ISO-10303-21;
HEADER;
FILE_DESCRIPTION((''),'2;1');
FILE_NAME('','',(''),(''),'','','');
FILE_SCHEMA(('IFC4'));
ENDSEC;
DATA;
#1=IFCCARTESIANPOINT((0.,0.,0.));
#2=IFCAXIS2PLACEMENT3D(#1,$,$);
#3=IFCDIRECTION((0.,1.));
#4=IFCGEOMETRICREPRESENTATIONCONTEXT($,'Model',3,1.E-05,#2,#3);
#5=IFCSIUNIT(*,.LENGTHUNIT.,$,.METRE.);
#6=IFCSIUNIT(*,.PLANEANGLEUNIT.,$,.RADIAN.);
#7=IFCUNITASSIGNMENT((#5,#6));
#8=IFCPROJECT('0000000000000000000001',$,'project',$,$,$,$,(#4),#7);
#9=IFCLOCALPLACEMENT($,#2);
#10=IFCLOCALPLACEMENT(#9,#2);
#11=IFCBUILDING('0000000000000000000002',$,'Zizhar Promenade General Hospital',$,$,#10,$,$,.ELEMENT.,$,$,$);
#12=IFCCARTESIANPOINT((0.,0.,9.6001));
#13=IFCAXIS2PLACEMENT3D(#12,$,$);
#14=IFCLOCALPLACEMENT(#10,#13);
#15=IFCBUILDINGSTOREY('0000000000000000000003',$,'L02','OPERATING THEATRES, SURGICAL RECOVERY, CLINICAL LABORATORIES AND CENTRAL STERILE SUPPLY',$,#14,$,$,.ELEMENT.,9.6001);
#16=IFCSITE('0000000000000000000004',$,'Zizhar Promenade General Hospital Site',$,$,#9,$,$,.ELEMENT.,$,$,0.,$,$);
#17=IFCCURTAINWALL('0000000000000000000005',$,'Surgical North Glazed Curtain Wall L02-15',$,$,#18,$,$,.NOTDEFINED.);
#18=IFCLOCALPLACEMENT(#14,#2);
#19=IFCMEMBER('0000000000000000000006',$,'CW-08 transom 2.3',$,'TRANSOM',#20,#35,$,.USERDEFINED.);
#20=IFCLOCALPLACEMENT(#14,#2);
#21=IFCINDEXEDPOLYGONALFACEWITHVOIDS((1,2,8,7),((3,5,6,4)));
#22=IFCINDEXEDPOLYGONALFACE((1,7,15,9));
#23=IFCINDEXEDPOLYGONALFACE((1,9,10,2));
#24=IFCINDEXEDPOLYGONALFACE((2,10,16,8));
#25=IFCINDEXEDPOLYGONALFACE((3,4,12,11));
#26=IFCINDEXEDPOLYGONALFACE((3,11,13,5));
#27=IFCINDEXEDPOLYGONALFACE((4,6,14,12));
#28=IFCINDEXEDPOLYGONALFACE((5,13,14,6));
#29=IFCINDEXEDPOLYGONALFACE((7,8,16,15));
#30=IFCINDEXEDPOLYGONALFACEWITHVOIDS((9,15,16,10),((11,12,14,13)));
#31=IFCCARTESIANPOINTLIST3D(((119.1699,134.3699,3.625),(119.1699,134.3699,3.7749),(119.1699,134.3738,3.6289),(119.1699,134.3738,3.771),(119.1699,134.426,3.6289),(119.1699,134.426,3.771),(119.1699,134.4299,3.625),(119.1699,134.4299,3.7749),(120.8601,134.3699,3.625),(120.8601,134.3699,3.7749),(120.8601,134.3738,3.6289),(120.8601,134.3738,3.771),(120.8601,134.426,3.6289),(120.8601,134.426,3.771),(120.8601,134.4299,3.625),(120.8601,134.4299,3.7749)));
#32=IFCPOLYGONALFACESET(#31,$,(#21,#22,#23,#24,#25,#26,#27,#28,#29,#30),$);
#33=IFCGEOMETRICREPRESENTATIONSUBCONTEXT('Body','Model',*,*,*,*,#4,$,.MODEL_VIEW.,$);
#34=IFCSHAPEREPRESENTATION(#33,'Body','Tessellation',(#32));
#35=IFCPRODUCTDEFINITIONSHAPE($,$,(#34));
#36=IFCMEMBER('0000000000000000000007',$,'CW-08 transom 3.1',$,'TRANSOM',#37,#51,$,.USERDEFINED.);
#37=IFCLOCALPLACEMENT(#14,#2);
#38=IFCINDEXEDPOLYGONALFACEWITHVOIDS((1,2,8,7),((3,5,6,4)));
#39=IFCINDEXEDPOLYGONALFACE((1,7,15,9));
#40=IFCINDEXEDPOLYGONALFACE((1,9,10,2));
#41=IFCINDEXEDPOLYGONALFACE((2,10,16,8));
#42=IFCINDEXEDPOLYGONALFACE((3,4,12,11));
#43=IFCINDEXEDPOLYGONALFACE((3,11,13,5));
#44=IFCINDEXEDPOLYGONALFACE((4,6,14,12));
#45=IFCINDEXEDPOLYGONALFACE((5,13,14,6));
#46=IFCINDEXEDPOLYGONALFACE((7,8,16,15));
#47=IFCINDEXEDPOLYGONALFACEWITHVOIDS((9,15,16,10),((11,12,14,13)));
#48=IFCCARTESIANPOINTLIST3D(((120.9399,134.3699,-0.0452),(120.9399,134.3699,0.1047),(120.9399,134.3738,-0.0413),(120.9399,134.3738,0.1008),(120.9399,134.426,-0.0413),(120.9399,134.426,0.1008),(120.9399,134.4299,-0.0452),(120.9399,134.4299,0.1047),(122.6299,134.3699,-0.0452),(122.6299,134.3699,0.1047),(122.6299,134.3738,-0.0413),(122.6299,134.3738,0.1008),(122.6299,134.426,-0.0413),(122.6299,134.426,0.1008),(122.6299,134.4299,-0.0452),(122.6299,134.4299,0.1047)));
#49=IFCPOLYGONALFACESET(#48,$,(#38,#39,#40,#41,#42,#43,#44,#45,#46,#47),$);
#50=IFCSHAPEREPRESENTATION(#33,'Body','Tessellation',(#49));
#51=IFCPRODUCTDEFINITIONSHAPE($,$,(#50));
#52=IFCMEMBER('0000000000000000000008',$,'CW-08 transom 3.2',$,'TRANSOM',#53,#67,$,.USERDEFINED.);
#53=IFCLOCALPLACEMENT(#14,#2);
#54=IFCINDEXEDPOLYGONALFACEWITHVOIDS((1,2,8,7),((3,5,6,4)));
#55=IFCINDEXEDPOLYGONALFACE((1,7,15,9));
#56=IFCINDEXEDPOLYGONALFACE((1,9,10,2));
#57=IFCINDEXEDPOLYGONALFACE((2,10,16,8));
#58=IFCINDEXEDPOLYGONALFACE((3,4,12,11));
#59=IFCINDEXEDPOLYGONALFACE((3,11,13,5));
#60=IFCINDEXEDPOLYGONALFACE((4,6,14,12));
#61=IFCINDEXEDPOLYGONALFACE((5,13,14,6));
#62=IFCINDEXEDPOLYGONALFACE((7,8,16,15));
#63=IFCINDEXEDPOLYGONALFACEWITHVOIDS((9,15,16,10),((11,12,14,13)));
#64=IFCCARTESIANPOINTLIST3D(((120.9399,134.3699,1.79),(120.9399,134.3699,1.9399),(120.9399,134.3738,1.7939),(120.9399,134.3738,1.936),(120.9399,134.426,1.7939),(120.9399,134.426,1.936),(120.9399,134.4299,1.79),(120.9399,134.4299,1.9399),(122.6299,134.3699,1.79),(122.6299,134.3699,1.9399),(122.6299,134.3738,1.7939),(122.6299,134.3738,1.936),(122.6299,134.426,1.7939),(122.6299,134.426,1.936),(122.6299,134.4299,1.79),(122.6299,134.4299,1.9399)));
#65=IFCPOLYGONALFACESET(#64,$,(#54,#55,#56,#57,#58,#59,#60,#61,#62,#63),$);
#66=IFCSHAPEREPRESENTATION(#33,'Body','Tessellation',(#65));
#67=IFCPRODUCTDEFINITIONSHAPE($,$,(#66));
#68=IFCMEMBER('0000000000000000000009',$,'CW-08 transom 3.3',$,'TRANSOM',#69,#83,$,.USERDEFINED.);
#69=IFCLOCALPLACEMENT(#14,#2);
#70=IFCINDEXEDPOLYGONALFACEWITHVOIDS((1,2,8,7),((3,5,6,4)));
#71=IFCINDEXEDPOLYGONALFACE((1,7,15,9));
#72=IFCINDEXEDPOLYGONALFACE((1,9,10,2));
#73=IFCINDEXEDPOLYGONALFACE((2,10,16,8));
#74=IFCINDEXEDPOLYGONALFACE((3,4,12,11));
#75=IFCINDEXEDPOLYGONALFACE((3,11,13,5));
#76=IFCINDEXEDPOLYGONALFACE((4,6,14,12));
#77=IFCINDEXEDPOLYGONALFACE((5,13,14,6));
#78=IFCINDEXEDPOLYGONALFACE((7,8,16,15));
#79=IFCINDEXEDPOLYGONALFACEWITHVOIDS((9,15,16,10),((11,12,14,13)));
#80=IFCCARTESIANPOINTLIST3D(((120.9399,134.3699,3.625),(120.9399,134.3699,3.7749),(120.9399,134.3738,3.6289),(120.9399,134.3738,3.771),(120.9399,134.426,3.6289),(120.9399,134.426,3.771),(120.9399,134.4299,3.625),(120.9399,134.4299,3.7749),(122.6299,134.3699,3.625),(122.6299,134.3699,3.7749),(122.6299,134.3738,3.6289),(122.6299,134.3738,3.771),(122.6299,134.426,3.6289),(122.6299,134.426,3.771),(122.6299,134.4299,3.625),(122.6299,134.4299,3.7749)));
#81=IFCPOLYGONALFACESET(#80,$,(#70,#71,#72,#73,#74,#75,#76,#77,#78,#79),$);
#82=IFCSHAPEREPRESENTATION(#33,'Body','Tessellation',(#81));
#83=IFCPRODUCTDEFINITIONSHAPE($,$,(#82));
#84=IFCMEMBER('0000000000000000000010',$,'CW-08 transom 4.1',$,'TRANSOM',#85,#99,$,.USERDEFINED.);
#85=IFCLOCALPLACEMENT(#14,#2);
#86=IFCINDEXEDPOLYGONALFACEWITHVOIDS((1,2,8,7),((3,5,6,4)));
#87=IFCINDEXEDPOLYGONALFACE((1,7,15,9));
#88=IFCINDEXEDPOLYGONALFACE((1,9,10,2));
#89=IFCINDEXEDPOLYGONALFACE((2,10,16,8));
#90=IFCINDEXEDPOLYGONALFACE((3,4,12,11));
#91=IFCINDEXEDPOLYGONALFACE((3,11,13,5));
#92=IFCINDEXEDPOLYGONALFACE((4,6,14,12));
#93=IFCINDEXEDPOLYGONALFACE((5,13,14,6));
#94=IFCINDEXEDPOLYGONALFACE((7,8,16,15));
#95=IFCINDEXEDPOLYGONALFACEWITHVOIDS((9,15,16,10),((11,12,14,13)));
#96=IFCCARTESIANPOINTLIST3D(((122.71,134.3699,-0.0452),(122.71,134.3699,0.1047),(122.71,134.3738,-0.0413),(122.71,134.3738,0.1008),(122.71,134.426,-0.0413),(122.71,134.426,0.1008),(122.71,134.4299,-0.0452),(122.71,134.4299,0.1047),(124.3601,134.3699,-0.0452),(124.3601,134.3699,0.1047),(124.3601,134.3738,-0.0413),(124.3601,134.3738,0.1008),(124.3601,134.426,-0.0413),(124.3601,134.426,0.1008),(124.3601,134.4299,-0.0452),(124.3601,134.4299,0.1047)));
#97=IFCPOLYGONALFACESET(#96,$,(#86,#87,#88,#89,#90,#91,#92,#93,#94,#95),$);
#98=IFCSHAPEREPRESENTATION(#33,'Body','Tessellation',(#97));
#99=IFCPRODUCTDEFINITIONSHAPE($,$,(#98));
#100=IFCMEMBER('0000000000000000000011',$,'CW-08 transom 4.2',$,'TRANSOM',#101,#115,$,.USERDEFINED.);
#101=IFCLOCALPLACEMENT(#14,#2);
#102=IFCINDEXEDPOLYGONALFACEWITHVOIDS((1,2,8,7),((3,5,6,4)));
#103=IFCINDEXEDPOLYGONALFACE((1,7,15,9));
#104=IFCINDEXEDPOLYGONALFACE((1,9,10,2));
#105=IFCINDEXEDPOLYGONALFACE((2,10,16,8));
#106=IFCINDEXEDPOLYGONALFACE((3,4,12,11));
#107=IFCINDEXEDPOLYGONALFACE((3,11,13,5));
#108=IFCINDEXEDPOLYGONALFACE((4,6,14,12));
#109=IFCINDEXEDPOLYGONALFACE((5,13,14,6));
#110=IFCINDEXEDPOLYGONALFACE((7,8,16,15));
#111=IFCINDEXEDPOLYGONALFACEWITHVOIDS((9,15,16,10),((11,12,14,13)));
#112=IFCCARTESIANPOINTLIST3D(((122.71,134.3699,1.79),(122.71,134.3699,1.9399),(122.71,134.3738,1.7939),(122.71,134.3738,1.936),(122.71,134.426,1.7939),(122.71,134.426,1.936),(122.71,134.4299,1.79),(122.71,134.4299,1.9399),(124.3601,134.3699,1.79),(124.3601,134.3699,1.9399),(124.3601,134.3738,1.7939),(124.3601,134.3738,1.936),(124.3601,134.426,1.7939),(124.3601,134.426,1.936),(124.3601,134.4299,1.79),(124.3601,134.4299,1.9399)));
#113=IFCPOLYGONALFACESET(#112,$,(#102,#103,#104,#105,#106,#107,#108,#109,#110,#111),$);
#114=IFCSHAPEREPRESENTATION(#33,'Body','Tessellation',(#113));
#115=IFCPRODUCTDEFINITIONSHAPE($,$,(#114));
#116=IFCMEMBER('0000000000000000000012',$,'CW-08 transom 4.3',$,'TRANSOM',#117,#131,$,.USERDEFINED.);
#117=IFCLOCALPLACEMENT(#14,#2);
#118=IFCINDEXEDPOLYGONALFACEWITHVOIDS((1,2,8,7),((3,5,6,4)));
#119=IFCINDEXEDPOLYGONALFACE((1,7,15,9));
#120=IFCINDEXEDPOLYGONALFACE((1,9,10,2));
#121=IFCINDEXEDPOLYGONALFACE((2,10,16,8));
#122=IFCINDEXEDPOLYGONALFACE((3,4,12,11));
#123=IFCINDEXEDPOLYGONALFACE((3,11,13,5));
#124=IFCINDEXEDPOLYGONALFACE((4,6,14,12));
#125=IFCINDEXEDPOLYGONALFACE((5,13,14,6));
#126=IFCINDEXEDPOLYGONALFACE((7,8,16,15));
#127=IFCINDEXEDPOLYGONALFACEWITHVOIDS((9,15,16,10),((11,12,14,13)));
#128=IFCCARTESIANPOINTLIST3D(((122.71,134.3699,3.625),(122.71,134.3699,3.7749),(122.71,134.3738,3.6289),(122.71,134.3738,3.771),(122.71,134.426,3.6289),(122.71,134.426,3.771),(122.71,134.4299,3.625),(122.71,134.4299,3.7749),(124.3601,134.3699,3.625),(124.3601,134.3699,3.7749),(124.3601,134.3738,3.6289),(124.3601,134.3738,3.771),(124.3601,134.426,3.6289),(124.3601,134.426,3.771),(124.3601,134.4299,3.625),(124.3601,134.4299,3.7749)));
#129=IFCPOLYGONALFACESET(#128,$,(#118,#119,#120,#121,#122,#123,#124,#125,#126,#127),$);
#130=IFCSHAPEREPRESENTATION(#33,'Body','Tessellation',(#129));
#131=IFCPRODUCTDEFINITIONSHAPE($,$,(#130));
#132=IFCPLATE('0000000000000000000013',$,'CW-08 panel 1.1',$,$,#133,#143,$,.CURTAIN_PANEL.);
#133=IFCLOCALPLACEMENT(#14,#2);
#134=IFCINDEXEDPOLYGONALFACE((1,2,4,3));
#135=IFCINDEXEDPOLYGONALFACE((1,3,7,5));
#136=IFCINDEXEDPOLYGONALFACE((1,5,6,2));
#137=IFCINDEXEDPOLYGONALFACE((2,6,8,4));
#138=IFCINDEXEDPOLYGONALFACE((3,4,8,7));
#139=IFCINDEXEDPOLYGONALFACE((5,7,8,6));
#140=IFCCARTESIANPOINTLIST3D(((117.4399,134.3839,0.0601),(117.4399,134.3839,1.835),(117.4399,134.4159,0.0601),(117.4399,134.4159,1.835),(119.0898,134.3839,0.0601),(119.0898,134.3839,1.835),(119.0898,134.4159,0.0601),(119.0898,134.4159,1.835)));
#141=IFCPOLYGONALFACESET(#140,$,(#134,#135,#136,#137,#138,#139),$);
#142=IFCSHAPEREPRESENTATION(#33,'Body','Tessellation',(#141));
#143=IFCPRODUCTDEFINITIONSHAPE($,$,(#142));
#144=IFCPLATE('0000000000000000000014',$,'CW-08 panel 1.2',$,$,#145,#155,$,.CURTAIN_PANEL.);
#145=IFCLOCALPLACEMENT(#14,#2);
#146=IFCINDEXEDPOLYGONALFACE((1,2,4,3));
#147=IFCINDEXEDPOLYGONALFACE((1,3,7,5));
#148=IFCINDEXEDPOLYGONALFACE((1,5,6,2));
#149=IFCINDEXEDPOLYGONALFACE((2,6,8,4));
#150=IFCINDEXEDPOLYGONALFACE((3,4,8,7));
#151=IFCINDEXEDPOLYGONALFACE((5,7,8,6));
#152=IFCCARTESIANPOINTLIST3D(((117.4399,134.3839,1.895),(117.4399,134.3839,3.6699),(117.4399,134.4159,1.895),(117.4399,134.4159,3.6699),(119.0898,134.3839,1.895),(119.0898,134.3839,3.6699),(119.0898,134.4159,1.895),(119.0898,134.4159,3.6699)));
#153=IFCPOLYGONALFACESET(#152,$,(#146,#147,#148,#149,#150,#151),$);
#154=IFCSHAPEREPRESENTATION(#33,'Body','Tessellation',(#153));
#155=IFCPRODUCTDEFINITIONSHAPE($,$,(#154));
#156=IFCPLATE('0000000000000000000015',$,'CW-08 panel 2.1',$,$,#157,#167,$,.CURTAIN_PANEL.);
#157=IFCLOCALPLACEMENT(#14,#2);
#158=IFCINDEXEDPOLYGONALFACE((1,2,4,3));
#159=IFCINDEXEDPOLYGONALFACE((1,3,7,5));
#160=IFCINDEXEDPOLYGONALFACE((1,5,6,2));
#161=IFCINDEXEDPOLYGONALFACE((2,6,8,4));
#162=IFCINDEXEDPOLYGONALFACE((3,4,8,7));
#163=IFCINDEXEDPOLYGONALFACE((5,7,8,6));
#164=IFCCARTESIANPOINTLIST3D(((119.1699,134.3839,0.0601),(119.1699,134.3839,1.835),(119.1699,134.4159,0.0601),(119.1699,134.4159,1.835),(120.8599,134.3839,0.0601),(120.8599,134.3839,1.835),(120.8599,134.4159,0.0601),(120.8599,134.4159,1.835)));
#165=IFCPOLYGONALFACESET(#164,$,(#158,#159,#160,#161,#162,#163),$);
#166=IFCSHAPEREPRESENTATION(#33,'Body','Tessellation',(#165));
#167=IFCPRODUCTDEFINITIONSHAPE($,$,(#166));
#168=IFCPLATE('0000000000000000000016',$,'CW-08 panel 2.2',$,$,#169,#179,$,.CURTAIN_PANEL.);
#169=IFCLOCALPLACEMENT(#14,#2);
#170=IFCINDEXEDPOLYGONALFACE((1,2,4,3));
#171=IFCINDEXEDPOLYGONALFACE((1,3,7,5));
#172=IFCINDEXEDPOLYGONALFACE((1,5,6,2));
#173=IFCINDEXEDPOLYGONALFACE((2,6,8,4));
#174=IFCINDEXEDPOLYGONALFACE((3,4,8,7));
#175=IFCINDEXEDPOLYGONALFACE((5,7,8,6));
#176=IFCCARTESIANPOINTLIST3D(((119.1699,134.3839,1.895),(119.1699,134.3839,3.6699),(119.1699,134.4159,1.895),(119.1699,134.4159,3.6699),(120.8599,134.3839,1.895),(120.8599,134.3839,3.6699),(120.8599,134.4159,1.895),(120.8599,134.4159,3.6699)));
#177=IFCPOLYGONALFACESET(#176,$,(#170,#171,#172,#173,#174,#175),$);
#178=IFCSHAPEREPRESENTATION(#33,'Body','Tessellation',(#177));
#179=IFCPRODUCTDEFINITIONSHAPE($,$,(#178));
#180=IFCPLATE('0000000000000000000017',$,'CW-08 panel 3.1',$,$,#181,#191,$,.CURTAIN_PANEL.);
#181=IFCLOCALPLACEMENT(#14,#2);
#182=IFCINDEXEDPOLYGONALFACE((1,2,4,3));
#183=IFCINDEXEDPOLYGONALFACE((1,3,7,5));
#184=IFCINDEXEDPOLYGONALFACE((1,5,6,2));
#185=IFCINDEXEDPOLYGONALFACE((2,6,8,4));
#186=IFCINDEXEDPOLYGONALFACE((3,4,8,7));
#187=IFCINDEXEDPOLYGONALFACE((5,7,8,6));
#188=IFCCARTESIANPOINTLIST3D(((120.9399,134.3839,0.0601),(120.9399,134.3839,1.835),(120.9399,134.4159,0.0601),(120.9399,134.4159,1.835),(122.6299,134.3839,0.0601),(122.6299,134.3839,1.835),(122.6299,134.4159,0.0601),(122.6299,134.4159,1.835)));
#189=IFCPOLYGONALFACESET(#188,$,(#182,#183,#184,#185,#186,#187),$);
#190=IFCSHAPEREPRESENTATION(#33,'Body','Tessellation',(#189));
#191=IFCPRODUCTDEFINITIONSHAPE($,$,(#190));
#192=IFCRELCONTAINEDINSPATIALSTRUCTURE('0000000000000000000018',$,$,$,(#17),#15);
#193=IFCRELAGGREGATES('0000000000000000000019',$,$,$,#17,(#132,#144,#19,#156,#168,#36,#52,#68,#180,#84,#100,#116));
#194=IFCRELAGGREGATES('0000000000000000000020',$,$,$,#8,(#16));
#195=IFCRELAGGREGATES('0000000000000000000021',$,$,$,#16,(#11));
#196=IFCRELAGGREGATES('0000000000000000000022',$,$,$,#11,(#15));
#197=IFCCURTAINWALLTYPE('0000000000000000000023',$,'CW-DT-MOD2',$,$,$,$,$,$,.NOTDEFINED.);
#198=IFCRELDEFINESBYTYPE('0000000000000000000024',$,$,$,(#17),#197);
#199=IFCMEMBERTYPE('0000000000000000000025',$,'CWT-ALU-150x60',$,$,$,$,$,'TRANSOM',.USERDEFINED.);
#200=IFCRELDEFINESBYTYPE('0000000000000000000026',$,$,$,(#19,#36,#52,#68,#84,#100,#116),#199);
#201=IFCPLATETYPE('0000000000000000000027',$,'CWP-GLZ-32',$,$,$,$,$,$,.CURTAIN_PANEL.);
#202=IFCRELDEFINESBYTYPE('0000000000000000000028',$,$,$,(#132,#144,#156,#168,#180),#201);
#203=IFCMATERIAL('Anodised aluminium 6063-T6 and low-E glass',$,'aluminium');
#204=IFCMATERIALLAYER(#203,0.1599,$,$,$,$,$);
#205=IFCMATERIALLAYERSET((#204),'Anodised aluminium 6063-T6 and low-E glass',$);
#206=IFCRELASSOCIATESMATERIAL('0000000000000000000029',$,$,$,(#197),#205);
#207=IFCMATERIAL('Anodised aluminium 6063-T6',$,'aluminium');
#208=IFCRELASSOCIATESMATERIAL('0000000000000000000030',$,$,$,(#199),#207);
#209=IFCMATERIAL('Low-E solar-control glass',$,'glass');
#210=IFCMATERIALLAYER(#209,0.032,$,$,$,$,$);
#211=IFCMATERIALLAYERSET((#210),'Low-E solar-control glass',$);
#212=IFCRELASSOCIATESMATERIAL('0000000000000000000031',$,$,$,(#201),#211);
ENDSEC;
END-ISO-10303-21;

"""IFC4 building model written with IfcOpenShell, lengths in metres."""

from ifc_helpers import new_model, si_unit, direction, frame, origin, origin_2d, place, context, subcontext, project, spatial, rectangle, hollow_rectangle, extrude, material, layer, layer_set, material_profile, profile_set, type_object, element, aggregate, save


model = new_model("IFC4")

# Units and contexts
model_context = context("Model", 3, precision=1e-05, world=origin(), true_north=direction((0.0, 1.0)))
body_context = subcontext(model_context, "Body", "Model", "MODEL_VIEW")
ifc_project = project(units=[si_unit("LENGTHUNIT", "METRE"), si_unit("PLANEANGLEUNIT", "RADIAN")], contexts=[model_context])

# Site, building, storey
site_placement = place(None, origin())
site = spatial("IfcSite", under=ifc_project, at=site_placement, Name="Zizhar Promenade General Hospital Site", CompositionType="ELEMENT", RefElevation=0.0)
building_placement = place(site_placement, origin())
building = spatial("IfcBuilding", under=site, at=building_placement, Name="Zizhar Promenade General Hospital", CompositionType="ELEMENT")
storey_placement = place(building_placement, frame((0.0, 0.0, 9.6001)))
storey = spatial("IfcBuildingStorey", under=building, at=storey_placement, Name="L02", Description="OPERATING THEATRES, SURGICAL RECOVERY, CLINICAL LABORATORIES AND CENTRAL STERILE SUPPLY", CompositionType="ELEMENT", Elevation=9.6001)

# Curtain wall, members, plates
ifc_material_1 = material(Name="Anodised aluminium 6063-T6 and low-E glass", Category="aluminium")
ifc_layer_1 = layer(ifc_material_1, 0.1599)
ifc_layer_set_1 = layer_set([ifc_layer_1], Name="Anodised aluminium 6063-T6 and low-E glass")
curtain_wall_type = type_object("IfcCurtainWallType", Name="CW-DT-MOD2", PredefinedType="NOTDEFINED", material=ifc_layer_set_1)
curtain_wall_placement = place(storey_placement, origin())
curtain_wall = element("IfcCurtainWall", 1, at=curtain_wall_placement, inside=storey, type_object=curtain_wall_type, Name="Surgical North Glazed Curtain Wall L02-15", PredefinedType="NOTDEFINED")
ifc_material_2 = material(Name="Anodised aluminium 6063-T6", Category="aluminium")
ifc_material_profile_1 = material_profile(ifc_material_2, hollow_rectangle(XDim=0.0601, YDim=0.1499, WallThickness=0.0039, at=origin_2d()))
ifc_profile_set_1 = profile_set([ifc_material_profile_1], Name="Anodised aluminium 6063-T6")
member_type_1 = type_object("IfcMemberType", Name="CWT-ALU-150x60", ElementType="TRANSOM", PredefinedType="USERDEFINED", material=ifc_profile_set_1)
member_1_placement = place(storey_placement, frame((119.1699, 134.3999, 3.7), z_axis=(1.0, 0.0, 0.0), x_axis=(0.0, 1.0, 0.0)))
member_1 = element("IfcMember", 2, at=member_1_placement, type_object=member_type_1, Name="CW-08 transom 2.3", ObjectType="TRANSOM", PredefinedType="USERDEFINED", context=body_context, shape_type="SweptSolid", body=[
    extrude(hollow_rectangle(XDim=0.0601, YDim=0.1499, WallThickness=0.0039, at=origin_2d()), origin(), (0.0, 0.0, 1.0), 1.6902),
])
member_2_placement = place(storey_placement, frame((120.9399, 134.3999, 0.0298), z_axis=(1.0, 0.0, 0.0), x_axis=(0.0, 1.0, 0.0)))
member_2 = element("IfcMember", 3, at=member_2_placement, type_object=member_type_1, Name="CW-08 transom 3.1", ObjectType="TRANSOM", PredefinedType="USERDEFINED", context=body_context, shape_type="SweptSolid", body=[
    extrude(hollow_rectangle(XDim=0.0601, YDim=0.1499, WallThickness=0.0039, at=origin_2d()), origin(), (0.0, 0.0, 1.0), 1.6899),
])
member_3_placement = place(storey_placement, frame((120.9399, 134.3999, 1.865), z_axis=(1.0, 0.0, 0.0), x_axis=(0.0, 1.0, 0.0)))
member_3 = element("IfcMember", 4, at=member_3_placement, type_object=member_type_1, Name="CW-08 transom 3.2", ObjectType="TRANSOM", PredefinedType="USERDEFINED", context=body_context, shape_type="SweptSolid", body=[
    extrude(hollow_rectangle(XDim=0.0601, YDim=0.1499, WallThickness=0.0039, at=origin_2d()), origin(), (0.0, 0.0, 1.0), 1.6899),
])
member_4_placement = place(storey_placement, frame((120.9399, 134.3999, 3.7), z_axis=(1.0, 0.0, 0.0), x_axis=(0.0, 1.0, 0.0)))
member_4 = element("IfcMember", 5, at=member_4_placement, type_object=member_type_1, Name="CW-08 transom 3.3", ObjectType="TRANSOM", PredefinedType="USERDEFINED", context=body_context, shape_type="SweptSolid", body=[
    extrude(hollow_rectangle(XDim=0.0601, YDim=0.1499, WallThickness=0.0039, at=origin_2d()), origin(), (0.0, 0.0, 1.0), 1.6899),
])
member_5_placement = place(storey_placement, frame((122.71, 134.3999, 0.0298), z_axis=(1.0, 0.0, 0.0), x_axis=(0.0, 1.0, 0.0)))
member_5 = element("IfcMember", 6, at=member_5_placement, type_object=member_type_1, Name="CW-08 transom 4.1", ObjectType="TRANSOM", PredefinedType="USERDEFINED", context=body_context, shape_type="SweptSolid", body=[
    extrude(hollow_rectangle(XDim=0.0601, YDim=0.1499, WallThickness=0.0039, at=origin_2d()), origin(), (0.0, 0.0, 1.0), 1.6501),
])
member_6_placement = place(storey_placement, frame((122.71, 134.3999, 1.865), z_axis=(1.0, 0.0, 0.0), x_axis=(0.0, 1.0, 0.0)))
member_6 = element("IfcMember", 7, at=member_6_placement, type_object=member_type_1, Name="CW-08 transom 4.2", ObjectType="TRANSOM", PredefinedType="USERDEFINED", context=body_context, shape_type="SweptSolid", body=[
    extrude(hollow_rectangle(XDim=0.0601, YDim=0.1499, WallThickness=0.0039, at=origin_2d()), origin(), (0.0, 0.0, 1.0), 1.6501),
])
member_7_placement = place(storey_placement, frame((122.71, 134.3999, 3.7), z_axis=(1.0, 0.0, 0.0), x_axis=(0.0, 1.0, 0.0)))
member_7 = element("IfcMember", 8, at=member_7_placement, type_object=member_type_1, Name="CW-08 transom 4.3", ObjectType="TRANSOM", PredefinedType="USERDEFINED", context=body_context, shape_type="SweptSolid", body=[
    extrude(hollow_rectangle(XDim=0.0601, YDim=0.1499, WallThickness=0.0039, at=origin_2d()), origin(), (0.0, 0.0, 1.0), 1.6501),
])
ifc_material_3 = material(Name="Low-E solar-control glass", Category="glass")
ifc_layer_2 = layer(ifc_material_3, 0.032)
ifc_layer_set_2 = layer_set([ifc_layer_2], Name="Low-E solar-control glass")
plate_type = type_object("IfcPlateType", Name="CWP-GLZ-32", PredefinedType="CURTAIN_PANEL", material=ifc_layer_set_2)
plate_1_placement = place(storey_placement, frame((118.2649, 134.3999, 0.0601), z_axis=(0.0, 0.0, 1.0), x_axis=(1.0, 0.0, 0.0)))
plate_1 = element("IfcPlate", 9, at=plate_1_placement, type_object=plate_type, Name="CW-08 panel 1.1", PredefinedType="CURTAIN_PANEL", context=body_context, shape_type="SweptSolid", body=[
    extrude(rectangle(XDim=1.6499, YDim=0.032, at=origin_2d()), origin(), (0.0, 0.0, 1.0), 1.7749),
])
plate_2_placement = place(storey_placement, frame((118.2649, 134.3999, 1.895), z_axis=(0.0, 0.0, 1.0), x_axis=(1.0, 0.0, 0.0)))
plate_2 = element("IfcPlate", 10, at=plate_2_placement, type_object=plate_type, Name="CW-08 panel 1.2", PredefinedType="CURTAIN_PANEL", context=body_context, shape_type="SweptSolid", body=[
    extrude(rectangle(XDim=1.6499, YDim=0.032, at=origin_2d()), origin(), (0.0, 0.0, 1.0), 1.7749),
])
plate_3_placement = place(storey_placement, frame((120.0149, 134.3999, 0.0601), z_axis=(0.0, 0.0, 1.0), x_axis=(1.0, 0.0, 0.0)))
plate_3 = element("IfcPlate", 11, at=plate_3_placement, type_object=plate_type, Name="CW-08 panel 2.1", PredefinedType="CURTAIN_PANEL", context=body_context, shape_type="SweptSolid", body=[
    extrude(rectangle(XDim=1.6899, YDim=0.032, at=origin_2d()), origin(), (0.0, 0.0, 1.0), 1.7749),
])
plate_4_placement = place(storey_placement, frame((120.0149, 134.3999, 1.895), z_axis=(0.0, 0.0, 1.0), x_axis=(1.0, 0.0, 0.0)))
plate_4 = element("IfcPlate", 12, at=plate_4_placement, type_object=plate_type, Name="CW-08 panel 2.2", PredefinedType="CURTAIN_PANEL", context=body_context, shape_type="SweptSolid", body=[
    extrude(rectangle(XDim=1.6899, YDim=0.032, at=origin_2d()), origin(), (0.0, 0.0, 1.0), 1.7749),
])
plate_5_placement = place(storey_placement, frame((121.7849, 134.3999, 0.0601), z_axis=(0.0, 0.0, 1.0), x_axis=(1.0, 0.0, 0.0)))
plate_5 = element("IfcPlate", 13, at=plate_5_placement, type_object=plate_type, Name="CW-08 panel 3.1", PredefinedType="CURTAIN_PANEL", context=body_context, shape_type="SweptSolid", body=[
    extrude(rectangle(XDim=1.6899, YDim=0.032, at=origin_2d()), origin(), (0.0, 0.0, 1.0), 1.7749),
])
aggregate(curtain_wall, [plate_1, plate_2, member_1, plate_3, plate_4, member_2, member_3, member_4, plate_5, member_5, member_6, member_7])

save(model, "model.ifc")
